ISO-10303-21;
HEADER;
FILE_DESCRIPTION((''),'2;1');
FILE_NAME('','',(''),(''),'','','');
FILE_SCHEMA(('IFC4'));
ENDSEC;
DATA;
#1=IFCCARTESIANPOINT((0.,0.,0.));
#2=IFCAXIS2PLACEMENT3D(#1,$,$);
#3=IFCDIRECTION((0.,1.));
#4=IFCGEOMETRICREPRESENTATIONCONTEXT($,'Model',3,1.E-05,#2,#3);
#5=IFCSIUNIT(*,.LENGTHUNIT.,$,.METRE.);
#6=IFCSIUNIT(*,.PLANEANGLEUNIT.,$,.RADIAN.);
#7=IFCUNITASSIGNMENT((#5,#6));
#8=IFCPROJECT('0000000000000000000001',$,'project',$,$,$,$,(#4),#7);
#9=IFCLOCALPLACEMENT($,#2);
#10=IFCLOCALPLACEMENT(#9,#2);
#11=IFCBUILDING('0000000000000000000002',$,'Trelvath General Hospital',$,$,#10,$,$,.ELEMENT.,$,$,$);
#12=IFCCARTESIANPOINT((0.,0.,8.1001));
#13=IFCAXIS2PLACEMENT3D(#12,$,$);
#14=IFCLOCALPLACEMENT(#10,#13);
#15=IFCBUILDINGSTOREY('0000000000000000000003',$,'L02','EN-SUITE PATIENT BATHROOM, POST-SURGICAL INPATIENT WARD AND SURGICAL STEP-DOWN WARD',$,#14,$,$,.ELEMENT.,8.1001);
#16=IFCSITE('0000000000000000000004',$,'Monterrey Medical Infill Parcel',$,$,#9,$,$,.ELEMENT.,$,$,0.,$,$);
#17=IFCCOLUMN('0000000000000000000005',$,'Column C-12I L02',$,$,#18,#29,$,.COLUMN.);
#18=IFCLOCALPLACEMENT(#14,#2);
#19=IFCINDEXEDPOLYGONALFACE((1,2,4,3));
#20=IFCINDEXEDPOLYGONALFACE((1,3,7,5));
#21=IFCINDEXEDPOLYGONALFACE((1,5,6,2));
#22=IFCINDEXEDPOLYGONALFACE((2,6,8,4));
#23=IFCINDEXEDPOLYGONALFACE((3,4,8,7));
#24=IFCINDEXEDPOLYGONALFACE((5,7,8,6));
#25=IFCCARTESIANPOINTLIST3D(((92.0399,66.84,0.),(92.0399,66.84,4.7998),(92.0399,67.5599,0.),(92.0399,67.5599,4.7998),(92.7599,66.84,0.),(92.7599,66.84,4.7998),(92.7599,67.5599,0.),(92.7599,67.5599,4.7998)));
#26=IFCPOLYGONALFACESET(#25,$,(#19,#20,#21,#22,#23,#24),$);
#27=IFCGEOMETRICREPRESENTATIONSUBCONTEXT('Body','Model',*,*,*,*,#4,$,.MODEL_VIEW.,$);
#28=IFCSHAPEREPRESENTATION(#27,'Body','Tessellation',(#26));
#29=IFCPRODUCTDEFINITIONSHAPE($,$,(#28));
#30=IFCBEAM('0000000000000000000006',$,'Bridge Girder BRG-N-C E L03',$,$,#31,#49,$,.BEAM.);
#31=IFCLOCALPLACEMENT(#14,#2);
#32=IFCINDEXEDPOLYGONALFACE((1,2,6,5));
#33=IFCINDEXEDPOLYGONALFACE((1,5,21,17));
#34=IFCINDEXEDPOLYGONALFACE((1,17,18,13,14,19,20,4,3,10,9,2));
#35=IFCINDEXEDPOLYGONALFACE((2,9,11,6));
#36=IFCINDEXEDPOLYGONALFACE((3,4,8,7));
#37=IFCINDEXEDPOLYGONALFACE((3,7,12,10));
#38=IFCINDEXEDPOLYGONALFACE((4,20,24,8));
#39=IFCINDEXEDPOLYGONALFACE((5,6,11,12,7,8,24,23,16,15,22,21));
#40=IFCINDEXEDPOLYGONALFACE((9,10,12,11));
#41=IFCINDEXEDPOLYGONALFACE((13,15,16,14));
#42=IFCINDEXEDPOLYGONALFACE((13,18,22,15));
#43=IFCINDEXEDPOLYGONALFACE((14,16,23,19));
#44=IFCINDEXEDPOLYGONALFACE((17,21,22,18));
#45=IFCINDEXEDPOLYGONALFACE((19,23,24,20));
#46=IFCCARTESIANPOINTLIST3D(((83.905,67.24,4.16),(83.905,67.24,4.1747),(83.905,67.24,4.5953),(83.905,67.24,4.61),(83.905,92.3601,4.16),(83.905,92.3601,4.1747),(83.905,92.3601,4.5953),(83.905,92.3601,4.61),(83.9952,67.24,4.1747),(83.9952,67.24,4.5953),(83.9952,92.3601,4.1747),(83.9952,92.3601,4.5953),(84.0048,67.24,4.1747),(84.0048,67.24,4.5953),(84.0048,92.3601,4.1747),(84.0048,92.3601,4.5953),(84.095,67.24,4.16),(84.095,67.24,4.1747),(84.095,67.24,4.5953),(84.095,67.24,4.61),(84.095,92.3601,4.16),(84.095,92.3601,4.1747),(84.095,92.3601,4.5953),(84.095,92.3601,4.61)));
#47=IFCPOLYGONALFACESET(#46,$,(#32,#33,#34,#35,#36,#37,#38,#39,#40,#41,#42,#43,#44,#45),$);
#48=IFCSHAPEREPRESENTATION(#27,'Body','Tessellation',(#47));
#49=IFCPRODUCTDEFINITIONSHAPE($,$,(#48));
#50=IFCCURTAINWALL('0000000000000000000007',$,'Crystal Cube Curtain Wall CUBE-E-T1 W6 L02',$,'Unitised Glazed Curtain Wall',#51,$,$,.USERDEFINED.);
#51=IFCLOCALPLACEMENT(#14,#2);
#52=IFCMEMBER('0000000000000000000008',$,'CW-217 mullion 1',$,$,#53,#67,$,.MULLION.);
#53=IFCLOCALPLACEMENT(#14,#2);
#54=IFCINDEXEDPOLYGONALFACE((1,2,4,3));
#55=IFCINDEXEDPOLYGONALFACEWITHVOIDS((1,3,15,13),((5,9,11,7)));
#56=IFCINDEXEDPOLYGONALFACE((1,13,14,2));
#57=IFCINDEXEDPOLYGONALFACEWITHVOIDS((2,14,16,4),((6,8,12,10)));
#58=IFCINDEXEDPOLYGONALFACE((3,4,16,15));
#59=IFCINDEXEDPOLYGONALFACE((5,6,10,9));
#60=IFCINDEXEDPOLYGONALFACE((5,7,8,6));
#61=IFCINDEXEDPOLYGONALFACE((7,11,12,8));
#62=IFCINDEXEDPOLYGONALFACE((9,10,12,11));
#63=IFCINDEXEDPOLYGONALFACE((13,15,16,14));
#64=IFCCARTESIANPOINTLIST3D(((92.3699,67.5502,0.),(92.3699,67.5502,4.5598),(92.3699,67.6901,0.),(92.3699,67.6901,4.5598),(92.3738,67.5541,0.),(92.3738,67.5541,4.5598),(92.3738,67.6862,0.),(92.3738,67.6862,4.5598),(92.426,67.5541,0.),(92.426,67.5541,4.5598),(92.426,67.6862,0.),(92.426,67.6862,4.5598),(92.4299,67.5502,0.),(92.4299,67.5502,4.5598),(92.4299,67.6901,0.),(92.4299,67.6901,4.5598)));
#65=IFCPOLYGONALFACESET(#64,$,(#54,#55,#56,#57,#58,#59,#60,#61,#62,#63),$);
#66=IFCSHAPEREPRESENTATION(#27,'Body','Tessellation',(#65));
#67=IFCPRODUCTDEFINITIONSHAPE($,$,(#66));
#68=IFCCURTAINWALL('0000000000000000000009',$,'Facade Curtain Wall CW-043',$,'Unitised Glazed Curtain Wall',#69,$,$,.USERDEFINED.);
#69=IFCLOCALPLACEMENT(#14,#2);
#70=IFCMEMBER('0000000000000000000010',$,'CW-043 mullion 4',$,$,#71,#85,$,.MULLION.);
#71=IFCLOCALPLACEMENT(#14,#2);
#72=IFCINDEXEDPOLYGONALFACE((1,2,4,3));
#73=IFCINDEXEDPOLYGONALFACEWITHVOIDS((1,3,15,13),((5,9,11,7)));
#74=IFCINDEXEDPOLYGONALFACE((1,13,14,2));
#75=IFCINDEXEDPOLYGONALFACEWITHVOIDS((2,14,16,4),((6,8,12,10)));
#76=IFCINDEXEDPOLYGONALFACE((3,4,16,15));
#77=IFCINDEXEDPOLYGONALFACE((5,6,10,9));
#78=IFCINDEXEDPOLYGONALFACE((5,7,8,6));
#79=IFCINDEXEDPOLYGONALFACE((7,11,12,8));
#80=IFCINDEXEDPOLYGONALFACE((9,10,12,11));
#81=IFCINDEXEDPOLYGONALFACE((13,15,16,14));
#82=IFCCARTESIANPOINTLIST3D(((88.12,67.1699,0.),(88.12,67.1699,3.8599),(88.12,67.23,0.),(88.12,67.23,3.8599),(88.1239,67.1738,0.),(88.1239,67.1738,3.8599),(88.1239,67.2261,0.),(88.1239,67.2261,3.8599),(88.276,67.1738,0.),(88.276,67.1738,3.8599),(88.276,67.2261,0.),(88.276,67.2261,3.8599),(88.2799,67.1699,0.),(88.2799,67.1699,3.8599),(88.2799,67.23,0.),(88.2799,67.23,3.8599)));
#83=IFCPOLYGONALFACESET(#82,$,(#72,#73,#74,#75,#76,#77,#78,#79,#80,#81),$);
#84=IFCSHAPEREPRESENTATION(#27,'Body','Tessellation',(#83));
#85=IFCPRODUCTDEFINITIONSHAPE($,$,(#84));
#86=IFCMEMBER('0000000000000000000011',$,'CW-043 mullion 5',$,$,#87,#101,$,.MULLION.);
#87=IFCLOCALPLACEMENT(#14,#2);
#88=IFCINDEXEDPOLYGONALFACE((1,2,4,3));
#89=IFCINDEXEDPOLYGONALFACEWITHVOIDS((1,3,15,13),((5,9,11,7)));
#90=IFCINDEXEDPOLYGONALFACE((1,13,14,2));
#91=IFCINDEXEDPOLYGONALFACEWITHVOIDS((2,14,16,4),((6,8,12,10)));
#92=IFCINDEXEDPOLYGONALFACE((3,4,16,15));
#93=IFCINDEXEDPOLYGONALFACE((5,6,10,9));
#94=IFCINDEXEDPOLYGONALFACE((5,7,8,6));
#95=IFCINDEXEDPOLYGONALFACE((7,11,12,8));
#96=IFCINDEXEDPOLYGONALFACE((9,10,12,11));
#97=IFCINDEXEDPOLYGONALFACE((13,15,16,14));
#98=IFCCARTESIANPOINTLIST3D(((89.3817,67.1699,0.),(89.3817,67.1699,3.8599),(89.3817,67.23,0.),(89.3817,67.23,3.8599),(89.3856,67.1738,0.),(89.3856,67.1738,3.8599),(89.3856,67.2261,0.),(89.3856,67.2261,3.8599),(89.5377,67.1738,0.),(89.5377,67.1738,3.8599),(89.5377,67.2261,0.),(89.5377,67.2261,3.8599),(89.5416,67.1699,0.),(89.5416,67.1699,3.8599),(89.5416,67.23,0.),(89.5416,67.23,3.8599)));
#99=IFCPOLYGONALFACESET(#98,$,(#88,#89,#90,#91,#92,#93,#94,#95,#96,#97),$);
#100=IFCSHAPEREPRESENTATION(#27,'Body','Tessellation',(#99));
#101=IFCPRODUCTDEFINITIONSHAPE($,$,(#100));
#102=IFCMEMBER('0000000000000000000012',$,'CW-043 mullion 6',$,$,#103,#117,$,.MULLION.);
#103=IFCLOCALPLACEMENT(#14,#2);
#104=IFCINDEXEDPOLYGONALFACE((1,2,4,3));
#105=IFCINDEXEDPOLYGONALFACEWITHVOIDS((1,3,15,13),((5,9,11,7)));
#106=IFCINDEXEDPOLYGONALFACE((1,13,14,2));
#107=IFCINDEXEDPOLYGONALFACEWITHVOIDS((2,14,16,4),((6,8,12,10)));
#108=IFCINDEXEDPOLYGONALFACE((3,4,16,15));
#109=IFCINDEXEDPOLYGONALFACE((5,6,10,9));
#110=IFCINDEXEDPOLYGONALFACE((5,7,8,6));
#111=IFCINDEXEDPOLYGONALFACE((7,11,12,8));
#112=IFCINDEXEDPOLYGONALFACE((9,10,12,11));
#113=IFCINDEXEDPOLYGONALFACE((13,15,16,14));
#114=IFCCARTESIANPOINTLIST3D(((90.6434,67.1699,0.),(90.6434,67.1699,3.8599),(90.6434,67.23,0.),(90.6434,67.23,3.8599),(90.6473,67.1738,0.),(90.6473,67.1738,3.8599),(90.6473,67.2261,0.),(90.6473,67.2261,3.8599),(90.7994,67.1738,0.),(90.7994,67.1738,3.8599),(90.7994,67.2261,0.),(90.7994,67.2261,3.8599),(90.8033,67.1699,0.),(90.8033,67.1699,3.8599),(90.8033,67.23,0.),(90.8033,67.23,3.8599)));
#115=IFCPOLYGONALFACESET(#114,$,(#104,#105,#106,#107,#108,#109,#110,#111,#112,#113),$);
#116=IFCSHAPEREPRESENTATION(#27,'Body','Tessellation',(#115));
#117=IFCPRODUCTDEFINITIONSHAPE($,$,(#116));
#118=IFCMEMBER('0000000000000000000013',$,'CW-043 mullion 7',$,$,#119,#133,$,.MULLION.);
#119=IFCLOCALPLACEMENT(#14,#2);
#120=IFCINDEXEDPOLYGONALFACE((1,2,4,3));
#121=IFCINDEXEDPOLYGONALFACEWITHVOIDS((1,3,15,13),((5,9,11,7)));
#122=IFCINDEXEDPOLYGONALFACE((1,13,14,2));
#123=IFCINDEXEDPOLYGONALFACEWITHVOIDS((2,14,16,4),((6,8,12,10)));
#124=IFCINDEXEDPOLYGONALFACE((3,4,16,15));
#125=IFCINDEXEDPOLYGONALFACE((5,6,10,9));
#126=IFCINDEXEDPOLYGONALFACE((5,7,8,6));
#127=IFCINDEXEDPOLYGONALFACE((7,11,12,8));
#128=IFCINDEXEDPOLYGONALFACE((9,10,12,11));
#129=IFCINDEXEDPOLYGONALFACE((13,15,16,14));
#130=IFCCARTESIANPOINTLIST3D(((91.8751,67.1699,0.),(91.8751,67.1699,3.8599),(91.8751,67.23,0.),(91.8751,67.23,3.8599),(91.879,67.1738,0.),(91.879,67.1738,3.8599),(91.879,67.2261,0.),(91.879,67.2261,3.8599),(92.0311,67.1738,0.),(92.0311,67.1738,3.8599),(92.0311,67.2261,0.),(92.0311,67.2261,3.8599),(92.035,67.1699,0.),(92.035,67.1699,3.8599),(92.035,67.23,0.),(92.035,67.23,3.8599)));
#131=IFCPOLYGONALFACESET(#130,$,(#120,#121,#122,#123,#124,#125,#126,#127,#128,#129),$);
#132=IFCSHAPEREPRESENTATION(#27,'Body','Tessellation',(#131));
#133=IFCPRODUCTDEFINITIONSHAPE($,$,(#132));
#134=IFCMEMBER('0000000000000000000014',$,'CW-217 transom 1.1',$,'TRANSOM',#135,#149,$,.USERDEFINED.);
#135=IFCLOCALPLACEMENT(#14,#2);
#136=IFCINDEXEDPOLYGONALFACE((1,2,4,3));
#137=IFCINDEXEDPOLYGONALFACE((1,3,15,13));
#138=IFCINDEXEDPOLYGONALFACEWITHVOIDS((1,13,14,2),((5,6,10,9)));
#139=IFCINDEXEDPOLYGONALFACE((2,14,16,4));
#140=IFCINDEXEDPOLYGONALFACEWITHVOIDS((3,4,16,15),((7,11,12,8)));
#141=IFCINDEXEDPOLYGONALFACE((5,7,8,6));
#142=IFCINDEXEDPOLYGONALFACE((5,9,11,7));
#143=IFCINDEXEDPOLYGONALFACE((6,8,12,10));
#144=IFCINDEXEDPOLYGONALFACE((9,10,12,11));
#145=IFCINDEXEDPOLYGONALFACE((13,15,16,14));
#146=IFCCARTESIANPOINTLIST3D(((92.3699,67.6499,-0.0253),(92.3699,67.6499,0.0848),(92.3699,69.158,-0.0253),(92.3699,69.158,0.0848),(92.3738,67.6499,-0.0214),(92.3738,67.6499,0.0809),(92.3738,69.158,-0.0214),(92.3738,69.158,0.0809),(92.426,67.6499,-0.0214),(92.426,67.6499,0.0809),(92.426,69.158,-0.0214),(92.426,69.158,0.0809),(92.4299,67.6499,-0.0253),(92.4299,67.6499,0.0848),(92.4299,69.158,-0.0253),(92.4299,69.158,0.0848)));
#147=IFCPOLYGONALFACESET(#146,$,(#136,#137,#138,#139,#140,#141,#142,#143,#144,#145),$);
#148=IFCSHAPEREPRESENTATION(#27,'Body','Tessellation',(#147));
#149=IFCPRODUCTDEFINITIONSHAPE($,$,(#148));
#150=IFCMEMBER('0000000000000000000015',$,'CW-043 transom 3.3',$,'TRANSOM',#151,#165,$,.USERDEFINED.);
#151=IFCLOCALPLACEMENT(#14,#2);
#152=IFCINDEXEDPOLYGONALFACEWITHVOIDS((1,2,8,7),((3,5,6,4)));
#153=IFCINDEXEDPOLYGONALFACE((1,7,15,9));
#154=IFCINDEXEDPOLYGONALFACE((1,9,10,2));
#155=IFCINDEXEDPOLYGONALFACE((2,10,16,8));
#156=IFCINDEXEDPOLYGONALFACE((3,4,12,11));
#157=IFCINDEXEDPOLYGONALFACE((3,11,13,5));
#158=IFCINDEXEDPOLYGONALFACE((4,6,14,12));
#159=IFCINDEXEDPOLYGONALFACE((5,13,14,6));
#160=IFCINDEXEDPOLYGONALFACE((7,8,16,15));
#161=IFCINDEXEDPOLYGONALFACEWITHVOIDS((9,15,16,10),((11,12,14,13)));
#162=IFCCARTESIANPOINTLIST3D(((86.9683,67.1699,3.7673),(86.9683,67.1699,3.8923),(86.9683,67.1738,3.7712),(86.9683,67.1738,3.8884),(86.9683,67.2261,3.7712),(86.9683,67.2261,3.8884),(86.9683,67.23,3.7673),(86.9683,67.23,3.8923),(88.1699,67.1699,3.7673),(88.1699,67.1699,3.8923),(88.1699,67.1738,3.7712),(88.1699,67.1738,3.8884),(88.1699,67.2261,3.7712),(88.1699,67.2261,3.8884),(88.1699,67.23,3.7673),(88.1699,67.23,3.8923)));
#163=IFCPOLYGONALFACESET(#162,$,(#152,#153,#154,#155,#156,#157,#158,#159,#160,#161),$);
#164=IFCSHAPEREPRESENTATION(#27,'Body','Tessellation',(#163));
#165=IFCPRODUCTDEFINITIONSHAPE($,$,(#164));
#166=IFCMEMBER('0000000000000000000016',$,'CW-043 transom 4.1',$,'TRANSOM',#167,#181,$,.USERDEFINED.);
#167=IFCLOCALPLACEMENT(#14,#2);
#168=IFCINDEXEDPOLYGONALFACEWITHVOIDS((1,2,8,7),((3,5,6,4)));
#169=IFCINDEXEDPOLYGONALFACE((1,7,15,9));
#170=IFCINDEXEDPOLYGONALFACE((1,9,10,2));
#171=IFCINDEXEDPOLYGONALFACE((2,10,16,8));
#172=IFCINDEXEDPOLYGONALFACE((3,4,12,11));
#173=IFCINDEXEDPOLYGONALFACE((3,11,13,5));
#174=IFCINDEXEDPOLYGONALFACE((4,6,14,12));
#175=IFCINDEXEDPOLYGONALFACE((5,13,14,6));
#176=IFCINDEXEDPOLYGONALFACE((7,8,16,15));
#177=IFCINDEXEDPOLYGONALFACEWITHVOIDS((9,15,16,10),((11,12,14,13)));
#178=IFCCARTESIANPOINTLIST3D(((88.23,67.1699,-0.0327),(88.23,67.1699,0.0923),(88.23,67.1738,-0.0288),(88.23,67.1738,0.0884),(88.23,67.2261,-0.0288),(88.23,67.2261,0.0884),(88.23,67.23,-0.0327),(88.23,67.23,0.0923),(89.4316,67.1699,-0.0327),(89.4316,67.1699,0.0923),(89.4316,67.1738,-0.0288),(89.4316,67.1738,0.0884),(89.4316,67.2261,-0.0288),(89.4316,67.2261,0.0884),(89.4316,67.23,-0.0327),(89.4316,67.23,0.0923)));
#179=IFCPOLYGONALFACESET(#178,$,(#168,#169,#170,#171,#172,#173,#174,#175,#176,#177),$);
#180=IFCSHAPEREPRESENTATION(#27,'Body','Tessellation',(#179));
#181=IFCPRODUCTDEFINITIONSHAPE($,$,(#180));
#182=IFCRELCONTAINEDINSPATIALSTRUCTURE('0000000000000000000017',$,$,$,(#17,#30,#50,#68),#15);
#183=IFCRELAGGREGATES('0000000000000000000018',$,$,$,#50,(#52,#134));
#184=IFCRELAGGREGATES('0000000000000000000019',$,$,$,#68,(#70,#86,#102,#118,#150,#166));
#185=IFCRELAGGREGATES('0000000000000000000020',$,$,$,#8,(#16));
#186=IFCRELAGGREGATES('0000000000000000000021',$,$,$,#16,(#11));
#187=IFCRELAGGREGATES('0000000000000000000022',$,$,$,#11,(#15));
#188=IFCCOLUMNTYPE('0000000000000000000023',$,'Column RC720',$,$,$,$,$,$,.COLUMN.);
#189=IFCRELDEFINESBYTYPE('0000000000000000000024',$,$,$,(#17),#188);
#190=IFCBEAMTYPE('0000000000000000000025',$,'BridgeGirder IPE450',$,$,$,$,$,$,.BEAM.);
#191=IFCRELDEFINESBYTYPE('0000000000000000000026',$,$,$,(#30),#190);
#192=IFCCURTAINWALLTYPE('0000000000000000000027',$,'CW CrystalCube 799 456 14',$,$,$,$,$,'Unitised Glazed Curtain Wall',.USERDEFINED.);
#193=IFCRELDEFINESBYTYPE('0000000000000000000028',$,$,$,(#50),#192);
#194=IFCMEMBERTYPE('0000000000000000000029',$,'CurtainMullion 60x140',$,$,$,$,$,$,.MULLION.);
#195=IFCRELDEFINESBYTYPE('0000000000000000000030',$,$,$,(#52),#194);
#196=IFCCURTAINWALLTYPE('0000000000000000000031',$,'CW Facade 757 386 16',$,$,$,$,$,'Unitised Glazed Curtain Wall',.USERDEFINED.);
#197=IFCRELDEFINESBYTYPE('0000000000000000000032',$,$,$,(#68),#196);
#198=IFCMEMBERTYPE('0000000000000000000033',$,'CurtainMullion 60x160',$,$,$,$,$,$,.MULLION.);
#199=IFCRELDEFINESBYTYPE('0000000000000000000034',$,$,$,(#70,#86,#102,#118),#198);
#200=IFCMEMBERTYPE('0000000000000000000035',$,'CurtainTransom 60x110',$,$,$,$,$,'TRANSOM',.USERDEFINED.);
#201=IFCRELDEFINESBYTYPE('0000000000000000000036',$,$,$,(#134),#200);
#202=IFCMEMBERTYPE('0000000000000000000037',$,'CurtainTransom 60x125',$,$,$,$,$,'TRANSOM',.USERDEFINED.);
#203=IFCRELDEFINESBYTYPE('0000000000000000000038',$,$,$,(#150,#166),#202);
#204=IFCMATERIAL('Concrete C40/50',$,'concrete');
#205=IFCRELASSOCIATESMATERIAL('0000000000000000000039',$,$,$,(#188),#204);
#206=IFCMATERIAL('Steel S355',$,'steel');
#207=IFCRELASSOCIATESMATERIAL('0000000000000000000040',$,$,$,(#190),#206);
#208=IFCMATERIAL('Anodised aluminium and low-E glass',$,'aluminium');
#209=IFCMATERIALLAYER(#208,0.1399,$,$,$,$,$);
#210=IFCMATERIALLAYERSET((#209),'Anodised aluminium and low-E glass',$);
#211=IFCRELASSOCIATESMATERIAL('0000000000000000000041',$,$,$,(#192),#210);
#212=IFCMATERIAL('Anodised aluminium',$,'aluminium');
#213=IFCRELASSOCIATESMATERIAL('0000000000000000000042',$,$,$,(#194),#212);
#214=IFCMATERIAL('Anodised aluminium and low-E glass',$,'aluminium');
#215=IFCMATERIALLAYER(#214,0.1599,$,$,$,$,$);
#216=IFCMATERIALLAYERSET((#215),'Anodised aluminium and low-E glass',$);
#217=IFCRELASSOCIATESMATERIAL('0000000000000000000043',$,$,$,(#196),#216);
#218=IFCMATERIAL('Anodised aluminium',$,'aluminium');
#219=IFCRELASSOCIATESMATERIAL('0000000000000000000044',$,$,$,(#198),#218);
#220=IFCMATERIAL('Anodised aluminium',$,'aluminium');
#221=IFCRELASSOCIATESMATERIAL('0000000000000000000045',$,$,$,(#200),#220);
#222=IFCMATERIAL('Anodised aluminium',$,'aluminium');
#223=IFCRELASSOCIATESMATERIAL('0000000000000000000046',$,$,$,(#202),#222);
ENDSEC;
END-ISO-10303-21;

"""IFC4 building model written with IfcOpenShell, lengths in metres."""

from ifc_helpers import new_model, si_unit, direction, frame, origin, origin_2d, place, context, subcontext, project, spatial, rectangle, hollow_rectangle, i_section, extrude, material, layer, layer_set, material_profile, profile_set, type_object, element, aggregate, save


model = new_model("IFC4")

# Units and contexts
model_context = context("Model", 3, precision=1e-05, world=origin(), true_north=direction((0.0, 1.0)))
body_context = subcontext(model_context, "Body", "Model", "MODEL_VIEW")
ifc_project = project(units=[si_unit("LENGTHUNIT", "METRE"), si_unit("PLANEANGLEUNIT", "RADIAN")], contexts=[model_context])

# Site, building, storey
site_placement = place(None, origin())
site = spatial("IfcSite", under=ifc_project, at=site_placement, Name="Monterrey Medical Infill Parcel", CompositionType="ELEMENT", RefElevation=0.0)
building_placement = place(site_placement, origin())
building = spatial("IfcBuilding", under=site, at=building_placement, Name="Trelvath General Hospital", CompositionType="ELEMENT")
storey_placement = place(building_placement, frame((0.0, 0.0, 8.1001)))
storey = spatial("IfcBuildingStorey", under=building, at=storey_placement, Name="L02", Description="EN-SUITE PATIENT BATHROOM, POST-SURGICAL INPATIENT WARD AND SURGICAL STEP-DOWN WARD", CompositionType="ELEMENT", Elevation=8.1001)

# Column
ifc_material_1 = material(Name="Concrete C40/50", Category="concrete")
ifc_material_profile_1 = material_profile(ifc_material_1, rectangle(XDim=0.72, YDim=0.72, at=origin_2d()), Name="RC720x720")
ifc_profile_set_1 = profile_set([ifc_material_profile_1], Name="Concrete C40/50")
column_type = type_object("IfcColumnType", Name="Column RC720", PredefinedType="COLUMN", material=ifc_profile_set_1)
column_placement = place(storey_placement, frame((92.3999, 67.2, 0.0), z_axis=(0.0, 0.0, 1.0), x_axis=(1.0, 0.0, 0.0)))
element("IfcColumn", 1, at=column_placement, inside=storey, type_object=column_type, Name="Column C-12I L02", PredefinedType="COLUMN", context=body_context, shape_type="SweptSolid", body=[
    extrude(rectangle(XDim=0.72, YDim=0.72, at=origin_2d()), origin(), (0.0, 0.0, 1.0), 4.7998),
])

# Beam
ifc_material_2 = material(Name="Steel S355", Category="steel")
ifc_material_profile_2 = material_profile(ifc_material_2, i_section(OverallWidth=0.1899, OverallDepth=0.45, WebThickness=0.0095, FlangeThickness=0.0146, at=origin_2d()), Name="IPE450")
ifc_profile_set_2 = profile_set([ifc_material_profile_2], Name="Steel S355")
beam_type = type_object("IfcBeamType", Name="BridgeGirder IPE450", PredefinedType="BEAM", material=ifc_profile_set_2)
beam_placement = place(storey_placement, frame((84.0, 67.24, 4.385), z_axis=(0.0, 1.0, 0.0), x_axis=(-1.0, 0.0, 0.0)))
element("IfcBeam", 2, at=beam_placement, inside=storey, type_object=beam_type, Name="Bridge Girder BRG-N-C E L03", PredefinedType="BEAM", context=body_context, shape_type="SweptSolid", body=[
    extrude(i_section(OverallWidth=0.1899, OverallDepth=0.45, WebThickness=0.0095, FlangeThickness=0.0146, at=origin_2d()), origin(), (0.0, 0.0, 1.0), 25.1201),
])

# Curtain wall, member
ifc_material_3 = material(Name="Anodised aluminium and low-E glass", Category="aluminium")
ifc_layer_1 = layer(ifc_material_3, 0.1399)
ifc_layer_set_1 = layer_set([ifc_layer_1], Name="Anodised aluminium and low-E glass")
curtain_wall_type_1 = type_object("IfcCurtainWallType", Name="CW CrystalCube 799 456 14", ElementType="Unitised Glazed Curtain Wall", PredefinedType="USERDEFINED", material=ifc_layer_set_1)
curtain_wall_1_placement = place(storey_placement, origin())
curtain_wall_1 = element("IfcCurtainWall", 3, at=curtain_wall_1_placement, inside=storey, type_object=curtain_wall_type_1, Name="Crystal Cube Curtain Wall CUBE-E-T1 W6 L02", ObjectType="Unitised Glazed Curtain Wall", PredefinedType="USERDEFINED")
ifc_material_4 = material(Name="Anodised aluminium", Category="aluminium")
ifc_material_profile_3 = material_profile(ifc_material_4, hollow_rectangle(XDim=0.0601, YDim=0.1399, WallThickness=0.0039, at=origin_2d()), Name="RHS60x140x4")
ifc_profile_set_3 = profile_set([ifc_material_profile_3], Name="Anodised aluminium")
member_type_1 = type_object("IfcMemberType", Name="CurtainMullion 60x140", PredefinedType="MULLION", material=ifc_profile_set_3)
member_1_placement = place(storey_placement, frame((92.3999, 67.6201, 0.0), z_axis=(0.0, 0.0, 1.0), x_axis=(-1.0, 0.0, 0.0)))
member_1 = element("IfcMember", 4, at=member_1_placement, type_object=member_type_1, Name="CW-217 mullion 1", PredefinedType="MULLION", context=body_context, shape_type="SweptSolid", body=[
    extrude(hollow_rectangle(XDim=0.0601, YDim=0.1399, WallThickness=0.0039, at=origin_2d()), origin(), (0.0, 0.0, 1.0), 4.5598),
])

# Curtain wall, members
ifc_material_5 = material(Name="Anodised aluminium and low-E glass", Category="aluminium")
ifc_layer_2 = layer(ifc_material_5, 0.1599)
ifc_layer_set_2 = layer_set([ifc_layer_2], Name="Anodised aluminium and low-E glass")
curtain_wall_type_2 = type_object("IfcCurtainWallType", Name="CW Facade 757 386 16", ElementType="Unitised Glazed Curtain Wall", PredefinedType="USERDEFINED", material=ifc_layer_set_2)
curtain_wall_2_placement = place(storey_placement, origin())
curtain_wall_2 = element("IfcCurtainWall", 5, at=curtain_wall_2_placement, inside=storey, type_object=curtain_wall_type_2, Name="Facade Curtain Wall CW-043", ObjectType="Unitised Glazed Curtain Wall", PredefinedType="USERDEFINED")
ifc_material_6 = material(Name="Anodised aluminium", Category="aluminium")
ifc_material_profile_4 = material_profile(ifc_material_6, hollow_rectangle(XDim=0.0601, YDim=0.1599, WallThickness=0.0039, at=origin_2d()), Name="RHS60x160x4")
ifc_profile_set_4 = profile_set([ifc_material_profile_4], Name="Anodised aluminium")
member_type_2 = type_object("IfcMemberType", Name="CurtainMullion 60x160", PredefinedType="MULLION", material=ifc_profile_set_4)
member_2_placement = place(storey_placement, frame((88.2, 67.2, 0.0), z_axis=(0.0, 0.0, 1.0), x_axis=(0.0, 1.0, 0.0)))
member_2 = element("IfcMember", 6, at=member_2_placement, type_object=member_type_2, Name="CW-043 mullion 4", PredefinedType="MULLION", context=body_context, shape_type="SweptSolid", body=[
    extrude(hollow_rectangle(XDim=0.0601, YDim=0.1599, WallThickness=0.0039, at=origin_2d()), origin(), (0.0, 0.0, 1.0), 3.8599),
])
member_3_placement = place(storey_placement, frame((89.4617, 67.2, 0.0), z_axis=(0.0, 0.0, 1.0), x_axis=(0.0, 1.0, 0.0)))
member_3 = element("IfcMember", 7, at=member_3_placement, type_object=member_type_2, Name="CW-043 mullion 5", PredefinedType="MULLION", context=body_context, shape_type="SweptSolid", body=[
    extrude(hollow_rectangle(XDim=0.0601, YDim=0.1599, WallThickness=0.0039, at=origin_2d()), origin(), (0.0, 0.0, 1.0), 3.8599),
])
member_4_placement = place(storey_placement, frame((90.7234, 67.2, 0.0), z_axis=(0.0, 0.0, 1.0), x_axis=(0.0, 1.0, 0.0)))
member_4 = element("IfcMember", 8, at=member_4_placement, type_object=member_type_2, Name="CW-043 mullion 6", PredefinedType="MULLION", context=body_context, shape_type="SweptSolid", body=[
    extrude(hollow_rectangle(XDim=0.0601, YDim=0.1599, WallThickness=0.0039, at=origin_2d()), origin(), (0.0, 0.0, 1.0), 3.8599),
])
member_5_placement = place(storey_placement, frame((91.9551, 67.2, 0.0), z_axis=(0.0, 0.0, 1.0), x_axis=(0.0, 1.0, 0.0)))
member_5 = element("IfcMember", 9, at=member_5_placement, type_object=member_type_2, Name="CW-043 mullion 7", PredefinedType="MULLION", context=body_context, shape_type="SweptSolid", body=[
    extrude(hollow_rectangle(XDim=0.0601, YDim=0.1599, WallThickness=0.0039, at=origin_2d()), origin(), (0.0, 0.0, 1.0), 3.8599),
])

# Members
ifc_material_7 = material(Name="Anodised aluminium", Category="aluminium")
ifc_material_profile_5 = material_profile(ifc_material_7, hollow_rectangle(XDim=0.0601, YDim=0.1101, WallThickness=0.0039, at=origin_2d()), Name="RHS60x110x4")
ifc_profile_set_5 = profile_set([ifc_material_profile_5], Name="Anodised aluminium")
member_type_3 = type_object("IfcMemberType", Name="CurtainTransom 60x110", ElementType="TRANSOM", PredefinedType="USERDEFINED", material=ifc_profile_set_5)
member_6_placement = place(storey_placement, frame((92.3999, 67.6499, 0.0298), z_axis=(0.0, 1.0, 0.0), x_axis=(-1.0, 0.0, 0.0)))
member_6 = element("IfcMember", 10, at=member_6_placement, type_object=member_type_3, Name="CW-217 transom 1.1", ObjectType="TRANSOM", PredefinedType="USERDEFINED", context=body_context, shape_type="SweptSolid", body=[
    extrude(hollow_rectangle(XDim=0.0601, YDim=0.1101, WallThickness=0.0039, at=origin_2d()), origin(), (0.0, 0.0, 1.0), 1.5081),
])
aggregate(curtain_wall_1, [member_1, member_6])
ifc_material_8 = material(Name="Anodised aluminium", Category="aluminium")
ifc_material_profile_6 = material_profile(ifc_material_8, hollow_rectangle(XDim=0.0601, YDim=0.125, WallThickness=0.0039, at=origin_2d()), Name="RHS60x125x4")
ifc_profile_set_6 = profile_set([ifc_material_profile_6], Name="Anodised aluminium")
member_type_4 = type_object("IfcMemberType", Name="CurtainTransom 60x125", ElementType="TRANSOM", PredefinedType="USERDEFINED", material=ifc_profile_set_6)
member_7_placement = place(storey_placement, frame((86.9683, 67.2, 3.8298), z_axis=(1.0, 0.0, 0.0), x_axis=(0.0, 1.0, 0.0)))
member_7 = element("IfcMember", 11, at=member_7_placement, type_object=member_type_4, Name="CW-043 transom 3.3", ObjectType="TRANSOM", PredefinedType="USERDEFINED", context=body_context, shape_type="SweptSolid", body=[
    extrude(hollow_rectangle(XDim=0.0601, YDim=0.125, WallThickness=0.0039, at=origin_2d()), origin(), (0.0, 0.0, 1.0), 1.2017),
])
member_8_placement = place(storey_placement, frame((88.23, 67.2, 0.0298), z_axis=(1.0, 0.0, 0.0), x_axis=(0.0, 1.0, 0.0)))
member_8 = element("IfcMember", 12, at=member_8_placement, type_object=member_type_4, Name="CW-043 transom 4.1", ObjectType="TRANSOM", PredefinedType="USERDEFINED", context=body_context, shape_type="SweptSolid", body=[
    extrude(hollow_rectangle(XDim=0.0601, YDim=0.125, WallThickness=0.0039, at=origin_2d()), origin(), (0.0, 0.0, 1.0), 1.2017),
])

aggregate(curtain_wall_2, [member_2, member_3, member_4, member_5, member_7, member_8])

save(model, "model.ifc")
